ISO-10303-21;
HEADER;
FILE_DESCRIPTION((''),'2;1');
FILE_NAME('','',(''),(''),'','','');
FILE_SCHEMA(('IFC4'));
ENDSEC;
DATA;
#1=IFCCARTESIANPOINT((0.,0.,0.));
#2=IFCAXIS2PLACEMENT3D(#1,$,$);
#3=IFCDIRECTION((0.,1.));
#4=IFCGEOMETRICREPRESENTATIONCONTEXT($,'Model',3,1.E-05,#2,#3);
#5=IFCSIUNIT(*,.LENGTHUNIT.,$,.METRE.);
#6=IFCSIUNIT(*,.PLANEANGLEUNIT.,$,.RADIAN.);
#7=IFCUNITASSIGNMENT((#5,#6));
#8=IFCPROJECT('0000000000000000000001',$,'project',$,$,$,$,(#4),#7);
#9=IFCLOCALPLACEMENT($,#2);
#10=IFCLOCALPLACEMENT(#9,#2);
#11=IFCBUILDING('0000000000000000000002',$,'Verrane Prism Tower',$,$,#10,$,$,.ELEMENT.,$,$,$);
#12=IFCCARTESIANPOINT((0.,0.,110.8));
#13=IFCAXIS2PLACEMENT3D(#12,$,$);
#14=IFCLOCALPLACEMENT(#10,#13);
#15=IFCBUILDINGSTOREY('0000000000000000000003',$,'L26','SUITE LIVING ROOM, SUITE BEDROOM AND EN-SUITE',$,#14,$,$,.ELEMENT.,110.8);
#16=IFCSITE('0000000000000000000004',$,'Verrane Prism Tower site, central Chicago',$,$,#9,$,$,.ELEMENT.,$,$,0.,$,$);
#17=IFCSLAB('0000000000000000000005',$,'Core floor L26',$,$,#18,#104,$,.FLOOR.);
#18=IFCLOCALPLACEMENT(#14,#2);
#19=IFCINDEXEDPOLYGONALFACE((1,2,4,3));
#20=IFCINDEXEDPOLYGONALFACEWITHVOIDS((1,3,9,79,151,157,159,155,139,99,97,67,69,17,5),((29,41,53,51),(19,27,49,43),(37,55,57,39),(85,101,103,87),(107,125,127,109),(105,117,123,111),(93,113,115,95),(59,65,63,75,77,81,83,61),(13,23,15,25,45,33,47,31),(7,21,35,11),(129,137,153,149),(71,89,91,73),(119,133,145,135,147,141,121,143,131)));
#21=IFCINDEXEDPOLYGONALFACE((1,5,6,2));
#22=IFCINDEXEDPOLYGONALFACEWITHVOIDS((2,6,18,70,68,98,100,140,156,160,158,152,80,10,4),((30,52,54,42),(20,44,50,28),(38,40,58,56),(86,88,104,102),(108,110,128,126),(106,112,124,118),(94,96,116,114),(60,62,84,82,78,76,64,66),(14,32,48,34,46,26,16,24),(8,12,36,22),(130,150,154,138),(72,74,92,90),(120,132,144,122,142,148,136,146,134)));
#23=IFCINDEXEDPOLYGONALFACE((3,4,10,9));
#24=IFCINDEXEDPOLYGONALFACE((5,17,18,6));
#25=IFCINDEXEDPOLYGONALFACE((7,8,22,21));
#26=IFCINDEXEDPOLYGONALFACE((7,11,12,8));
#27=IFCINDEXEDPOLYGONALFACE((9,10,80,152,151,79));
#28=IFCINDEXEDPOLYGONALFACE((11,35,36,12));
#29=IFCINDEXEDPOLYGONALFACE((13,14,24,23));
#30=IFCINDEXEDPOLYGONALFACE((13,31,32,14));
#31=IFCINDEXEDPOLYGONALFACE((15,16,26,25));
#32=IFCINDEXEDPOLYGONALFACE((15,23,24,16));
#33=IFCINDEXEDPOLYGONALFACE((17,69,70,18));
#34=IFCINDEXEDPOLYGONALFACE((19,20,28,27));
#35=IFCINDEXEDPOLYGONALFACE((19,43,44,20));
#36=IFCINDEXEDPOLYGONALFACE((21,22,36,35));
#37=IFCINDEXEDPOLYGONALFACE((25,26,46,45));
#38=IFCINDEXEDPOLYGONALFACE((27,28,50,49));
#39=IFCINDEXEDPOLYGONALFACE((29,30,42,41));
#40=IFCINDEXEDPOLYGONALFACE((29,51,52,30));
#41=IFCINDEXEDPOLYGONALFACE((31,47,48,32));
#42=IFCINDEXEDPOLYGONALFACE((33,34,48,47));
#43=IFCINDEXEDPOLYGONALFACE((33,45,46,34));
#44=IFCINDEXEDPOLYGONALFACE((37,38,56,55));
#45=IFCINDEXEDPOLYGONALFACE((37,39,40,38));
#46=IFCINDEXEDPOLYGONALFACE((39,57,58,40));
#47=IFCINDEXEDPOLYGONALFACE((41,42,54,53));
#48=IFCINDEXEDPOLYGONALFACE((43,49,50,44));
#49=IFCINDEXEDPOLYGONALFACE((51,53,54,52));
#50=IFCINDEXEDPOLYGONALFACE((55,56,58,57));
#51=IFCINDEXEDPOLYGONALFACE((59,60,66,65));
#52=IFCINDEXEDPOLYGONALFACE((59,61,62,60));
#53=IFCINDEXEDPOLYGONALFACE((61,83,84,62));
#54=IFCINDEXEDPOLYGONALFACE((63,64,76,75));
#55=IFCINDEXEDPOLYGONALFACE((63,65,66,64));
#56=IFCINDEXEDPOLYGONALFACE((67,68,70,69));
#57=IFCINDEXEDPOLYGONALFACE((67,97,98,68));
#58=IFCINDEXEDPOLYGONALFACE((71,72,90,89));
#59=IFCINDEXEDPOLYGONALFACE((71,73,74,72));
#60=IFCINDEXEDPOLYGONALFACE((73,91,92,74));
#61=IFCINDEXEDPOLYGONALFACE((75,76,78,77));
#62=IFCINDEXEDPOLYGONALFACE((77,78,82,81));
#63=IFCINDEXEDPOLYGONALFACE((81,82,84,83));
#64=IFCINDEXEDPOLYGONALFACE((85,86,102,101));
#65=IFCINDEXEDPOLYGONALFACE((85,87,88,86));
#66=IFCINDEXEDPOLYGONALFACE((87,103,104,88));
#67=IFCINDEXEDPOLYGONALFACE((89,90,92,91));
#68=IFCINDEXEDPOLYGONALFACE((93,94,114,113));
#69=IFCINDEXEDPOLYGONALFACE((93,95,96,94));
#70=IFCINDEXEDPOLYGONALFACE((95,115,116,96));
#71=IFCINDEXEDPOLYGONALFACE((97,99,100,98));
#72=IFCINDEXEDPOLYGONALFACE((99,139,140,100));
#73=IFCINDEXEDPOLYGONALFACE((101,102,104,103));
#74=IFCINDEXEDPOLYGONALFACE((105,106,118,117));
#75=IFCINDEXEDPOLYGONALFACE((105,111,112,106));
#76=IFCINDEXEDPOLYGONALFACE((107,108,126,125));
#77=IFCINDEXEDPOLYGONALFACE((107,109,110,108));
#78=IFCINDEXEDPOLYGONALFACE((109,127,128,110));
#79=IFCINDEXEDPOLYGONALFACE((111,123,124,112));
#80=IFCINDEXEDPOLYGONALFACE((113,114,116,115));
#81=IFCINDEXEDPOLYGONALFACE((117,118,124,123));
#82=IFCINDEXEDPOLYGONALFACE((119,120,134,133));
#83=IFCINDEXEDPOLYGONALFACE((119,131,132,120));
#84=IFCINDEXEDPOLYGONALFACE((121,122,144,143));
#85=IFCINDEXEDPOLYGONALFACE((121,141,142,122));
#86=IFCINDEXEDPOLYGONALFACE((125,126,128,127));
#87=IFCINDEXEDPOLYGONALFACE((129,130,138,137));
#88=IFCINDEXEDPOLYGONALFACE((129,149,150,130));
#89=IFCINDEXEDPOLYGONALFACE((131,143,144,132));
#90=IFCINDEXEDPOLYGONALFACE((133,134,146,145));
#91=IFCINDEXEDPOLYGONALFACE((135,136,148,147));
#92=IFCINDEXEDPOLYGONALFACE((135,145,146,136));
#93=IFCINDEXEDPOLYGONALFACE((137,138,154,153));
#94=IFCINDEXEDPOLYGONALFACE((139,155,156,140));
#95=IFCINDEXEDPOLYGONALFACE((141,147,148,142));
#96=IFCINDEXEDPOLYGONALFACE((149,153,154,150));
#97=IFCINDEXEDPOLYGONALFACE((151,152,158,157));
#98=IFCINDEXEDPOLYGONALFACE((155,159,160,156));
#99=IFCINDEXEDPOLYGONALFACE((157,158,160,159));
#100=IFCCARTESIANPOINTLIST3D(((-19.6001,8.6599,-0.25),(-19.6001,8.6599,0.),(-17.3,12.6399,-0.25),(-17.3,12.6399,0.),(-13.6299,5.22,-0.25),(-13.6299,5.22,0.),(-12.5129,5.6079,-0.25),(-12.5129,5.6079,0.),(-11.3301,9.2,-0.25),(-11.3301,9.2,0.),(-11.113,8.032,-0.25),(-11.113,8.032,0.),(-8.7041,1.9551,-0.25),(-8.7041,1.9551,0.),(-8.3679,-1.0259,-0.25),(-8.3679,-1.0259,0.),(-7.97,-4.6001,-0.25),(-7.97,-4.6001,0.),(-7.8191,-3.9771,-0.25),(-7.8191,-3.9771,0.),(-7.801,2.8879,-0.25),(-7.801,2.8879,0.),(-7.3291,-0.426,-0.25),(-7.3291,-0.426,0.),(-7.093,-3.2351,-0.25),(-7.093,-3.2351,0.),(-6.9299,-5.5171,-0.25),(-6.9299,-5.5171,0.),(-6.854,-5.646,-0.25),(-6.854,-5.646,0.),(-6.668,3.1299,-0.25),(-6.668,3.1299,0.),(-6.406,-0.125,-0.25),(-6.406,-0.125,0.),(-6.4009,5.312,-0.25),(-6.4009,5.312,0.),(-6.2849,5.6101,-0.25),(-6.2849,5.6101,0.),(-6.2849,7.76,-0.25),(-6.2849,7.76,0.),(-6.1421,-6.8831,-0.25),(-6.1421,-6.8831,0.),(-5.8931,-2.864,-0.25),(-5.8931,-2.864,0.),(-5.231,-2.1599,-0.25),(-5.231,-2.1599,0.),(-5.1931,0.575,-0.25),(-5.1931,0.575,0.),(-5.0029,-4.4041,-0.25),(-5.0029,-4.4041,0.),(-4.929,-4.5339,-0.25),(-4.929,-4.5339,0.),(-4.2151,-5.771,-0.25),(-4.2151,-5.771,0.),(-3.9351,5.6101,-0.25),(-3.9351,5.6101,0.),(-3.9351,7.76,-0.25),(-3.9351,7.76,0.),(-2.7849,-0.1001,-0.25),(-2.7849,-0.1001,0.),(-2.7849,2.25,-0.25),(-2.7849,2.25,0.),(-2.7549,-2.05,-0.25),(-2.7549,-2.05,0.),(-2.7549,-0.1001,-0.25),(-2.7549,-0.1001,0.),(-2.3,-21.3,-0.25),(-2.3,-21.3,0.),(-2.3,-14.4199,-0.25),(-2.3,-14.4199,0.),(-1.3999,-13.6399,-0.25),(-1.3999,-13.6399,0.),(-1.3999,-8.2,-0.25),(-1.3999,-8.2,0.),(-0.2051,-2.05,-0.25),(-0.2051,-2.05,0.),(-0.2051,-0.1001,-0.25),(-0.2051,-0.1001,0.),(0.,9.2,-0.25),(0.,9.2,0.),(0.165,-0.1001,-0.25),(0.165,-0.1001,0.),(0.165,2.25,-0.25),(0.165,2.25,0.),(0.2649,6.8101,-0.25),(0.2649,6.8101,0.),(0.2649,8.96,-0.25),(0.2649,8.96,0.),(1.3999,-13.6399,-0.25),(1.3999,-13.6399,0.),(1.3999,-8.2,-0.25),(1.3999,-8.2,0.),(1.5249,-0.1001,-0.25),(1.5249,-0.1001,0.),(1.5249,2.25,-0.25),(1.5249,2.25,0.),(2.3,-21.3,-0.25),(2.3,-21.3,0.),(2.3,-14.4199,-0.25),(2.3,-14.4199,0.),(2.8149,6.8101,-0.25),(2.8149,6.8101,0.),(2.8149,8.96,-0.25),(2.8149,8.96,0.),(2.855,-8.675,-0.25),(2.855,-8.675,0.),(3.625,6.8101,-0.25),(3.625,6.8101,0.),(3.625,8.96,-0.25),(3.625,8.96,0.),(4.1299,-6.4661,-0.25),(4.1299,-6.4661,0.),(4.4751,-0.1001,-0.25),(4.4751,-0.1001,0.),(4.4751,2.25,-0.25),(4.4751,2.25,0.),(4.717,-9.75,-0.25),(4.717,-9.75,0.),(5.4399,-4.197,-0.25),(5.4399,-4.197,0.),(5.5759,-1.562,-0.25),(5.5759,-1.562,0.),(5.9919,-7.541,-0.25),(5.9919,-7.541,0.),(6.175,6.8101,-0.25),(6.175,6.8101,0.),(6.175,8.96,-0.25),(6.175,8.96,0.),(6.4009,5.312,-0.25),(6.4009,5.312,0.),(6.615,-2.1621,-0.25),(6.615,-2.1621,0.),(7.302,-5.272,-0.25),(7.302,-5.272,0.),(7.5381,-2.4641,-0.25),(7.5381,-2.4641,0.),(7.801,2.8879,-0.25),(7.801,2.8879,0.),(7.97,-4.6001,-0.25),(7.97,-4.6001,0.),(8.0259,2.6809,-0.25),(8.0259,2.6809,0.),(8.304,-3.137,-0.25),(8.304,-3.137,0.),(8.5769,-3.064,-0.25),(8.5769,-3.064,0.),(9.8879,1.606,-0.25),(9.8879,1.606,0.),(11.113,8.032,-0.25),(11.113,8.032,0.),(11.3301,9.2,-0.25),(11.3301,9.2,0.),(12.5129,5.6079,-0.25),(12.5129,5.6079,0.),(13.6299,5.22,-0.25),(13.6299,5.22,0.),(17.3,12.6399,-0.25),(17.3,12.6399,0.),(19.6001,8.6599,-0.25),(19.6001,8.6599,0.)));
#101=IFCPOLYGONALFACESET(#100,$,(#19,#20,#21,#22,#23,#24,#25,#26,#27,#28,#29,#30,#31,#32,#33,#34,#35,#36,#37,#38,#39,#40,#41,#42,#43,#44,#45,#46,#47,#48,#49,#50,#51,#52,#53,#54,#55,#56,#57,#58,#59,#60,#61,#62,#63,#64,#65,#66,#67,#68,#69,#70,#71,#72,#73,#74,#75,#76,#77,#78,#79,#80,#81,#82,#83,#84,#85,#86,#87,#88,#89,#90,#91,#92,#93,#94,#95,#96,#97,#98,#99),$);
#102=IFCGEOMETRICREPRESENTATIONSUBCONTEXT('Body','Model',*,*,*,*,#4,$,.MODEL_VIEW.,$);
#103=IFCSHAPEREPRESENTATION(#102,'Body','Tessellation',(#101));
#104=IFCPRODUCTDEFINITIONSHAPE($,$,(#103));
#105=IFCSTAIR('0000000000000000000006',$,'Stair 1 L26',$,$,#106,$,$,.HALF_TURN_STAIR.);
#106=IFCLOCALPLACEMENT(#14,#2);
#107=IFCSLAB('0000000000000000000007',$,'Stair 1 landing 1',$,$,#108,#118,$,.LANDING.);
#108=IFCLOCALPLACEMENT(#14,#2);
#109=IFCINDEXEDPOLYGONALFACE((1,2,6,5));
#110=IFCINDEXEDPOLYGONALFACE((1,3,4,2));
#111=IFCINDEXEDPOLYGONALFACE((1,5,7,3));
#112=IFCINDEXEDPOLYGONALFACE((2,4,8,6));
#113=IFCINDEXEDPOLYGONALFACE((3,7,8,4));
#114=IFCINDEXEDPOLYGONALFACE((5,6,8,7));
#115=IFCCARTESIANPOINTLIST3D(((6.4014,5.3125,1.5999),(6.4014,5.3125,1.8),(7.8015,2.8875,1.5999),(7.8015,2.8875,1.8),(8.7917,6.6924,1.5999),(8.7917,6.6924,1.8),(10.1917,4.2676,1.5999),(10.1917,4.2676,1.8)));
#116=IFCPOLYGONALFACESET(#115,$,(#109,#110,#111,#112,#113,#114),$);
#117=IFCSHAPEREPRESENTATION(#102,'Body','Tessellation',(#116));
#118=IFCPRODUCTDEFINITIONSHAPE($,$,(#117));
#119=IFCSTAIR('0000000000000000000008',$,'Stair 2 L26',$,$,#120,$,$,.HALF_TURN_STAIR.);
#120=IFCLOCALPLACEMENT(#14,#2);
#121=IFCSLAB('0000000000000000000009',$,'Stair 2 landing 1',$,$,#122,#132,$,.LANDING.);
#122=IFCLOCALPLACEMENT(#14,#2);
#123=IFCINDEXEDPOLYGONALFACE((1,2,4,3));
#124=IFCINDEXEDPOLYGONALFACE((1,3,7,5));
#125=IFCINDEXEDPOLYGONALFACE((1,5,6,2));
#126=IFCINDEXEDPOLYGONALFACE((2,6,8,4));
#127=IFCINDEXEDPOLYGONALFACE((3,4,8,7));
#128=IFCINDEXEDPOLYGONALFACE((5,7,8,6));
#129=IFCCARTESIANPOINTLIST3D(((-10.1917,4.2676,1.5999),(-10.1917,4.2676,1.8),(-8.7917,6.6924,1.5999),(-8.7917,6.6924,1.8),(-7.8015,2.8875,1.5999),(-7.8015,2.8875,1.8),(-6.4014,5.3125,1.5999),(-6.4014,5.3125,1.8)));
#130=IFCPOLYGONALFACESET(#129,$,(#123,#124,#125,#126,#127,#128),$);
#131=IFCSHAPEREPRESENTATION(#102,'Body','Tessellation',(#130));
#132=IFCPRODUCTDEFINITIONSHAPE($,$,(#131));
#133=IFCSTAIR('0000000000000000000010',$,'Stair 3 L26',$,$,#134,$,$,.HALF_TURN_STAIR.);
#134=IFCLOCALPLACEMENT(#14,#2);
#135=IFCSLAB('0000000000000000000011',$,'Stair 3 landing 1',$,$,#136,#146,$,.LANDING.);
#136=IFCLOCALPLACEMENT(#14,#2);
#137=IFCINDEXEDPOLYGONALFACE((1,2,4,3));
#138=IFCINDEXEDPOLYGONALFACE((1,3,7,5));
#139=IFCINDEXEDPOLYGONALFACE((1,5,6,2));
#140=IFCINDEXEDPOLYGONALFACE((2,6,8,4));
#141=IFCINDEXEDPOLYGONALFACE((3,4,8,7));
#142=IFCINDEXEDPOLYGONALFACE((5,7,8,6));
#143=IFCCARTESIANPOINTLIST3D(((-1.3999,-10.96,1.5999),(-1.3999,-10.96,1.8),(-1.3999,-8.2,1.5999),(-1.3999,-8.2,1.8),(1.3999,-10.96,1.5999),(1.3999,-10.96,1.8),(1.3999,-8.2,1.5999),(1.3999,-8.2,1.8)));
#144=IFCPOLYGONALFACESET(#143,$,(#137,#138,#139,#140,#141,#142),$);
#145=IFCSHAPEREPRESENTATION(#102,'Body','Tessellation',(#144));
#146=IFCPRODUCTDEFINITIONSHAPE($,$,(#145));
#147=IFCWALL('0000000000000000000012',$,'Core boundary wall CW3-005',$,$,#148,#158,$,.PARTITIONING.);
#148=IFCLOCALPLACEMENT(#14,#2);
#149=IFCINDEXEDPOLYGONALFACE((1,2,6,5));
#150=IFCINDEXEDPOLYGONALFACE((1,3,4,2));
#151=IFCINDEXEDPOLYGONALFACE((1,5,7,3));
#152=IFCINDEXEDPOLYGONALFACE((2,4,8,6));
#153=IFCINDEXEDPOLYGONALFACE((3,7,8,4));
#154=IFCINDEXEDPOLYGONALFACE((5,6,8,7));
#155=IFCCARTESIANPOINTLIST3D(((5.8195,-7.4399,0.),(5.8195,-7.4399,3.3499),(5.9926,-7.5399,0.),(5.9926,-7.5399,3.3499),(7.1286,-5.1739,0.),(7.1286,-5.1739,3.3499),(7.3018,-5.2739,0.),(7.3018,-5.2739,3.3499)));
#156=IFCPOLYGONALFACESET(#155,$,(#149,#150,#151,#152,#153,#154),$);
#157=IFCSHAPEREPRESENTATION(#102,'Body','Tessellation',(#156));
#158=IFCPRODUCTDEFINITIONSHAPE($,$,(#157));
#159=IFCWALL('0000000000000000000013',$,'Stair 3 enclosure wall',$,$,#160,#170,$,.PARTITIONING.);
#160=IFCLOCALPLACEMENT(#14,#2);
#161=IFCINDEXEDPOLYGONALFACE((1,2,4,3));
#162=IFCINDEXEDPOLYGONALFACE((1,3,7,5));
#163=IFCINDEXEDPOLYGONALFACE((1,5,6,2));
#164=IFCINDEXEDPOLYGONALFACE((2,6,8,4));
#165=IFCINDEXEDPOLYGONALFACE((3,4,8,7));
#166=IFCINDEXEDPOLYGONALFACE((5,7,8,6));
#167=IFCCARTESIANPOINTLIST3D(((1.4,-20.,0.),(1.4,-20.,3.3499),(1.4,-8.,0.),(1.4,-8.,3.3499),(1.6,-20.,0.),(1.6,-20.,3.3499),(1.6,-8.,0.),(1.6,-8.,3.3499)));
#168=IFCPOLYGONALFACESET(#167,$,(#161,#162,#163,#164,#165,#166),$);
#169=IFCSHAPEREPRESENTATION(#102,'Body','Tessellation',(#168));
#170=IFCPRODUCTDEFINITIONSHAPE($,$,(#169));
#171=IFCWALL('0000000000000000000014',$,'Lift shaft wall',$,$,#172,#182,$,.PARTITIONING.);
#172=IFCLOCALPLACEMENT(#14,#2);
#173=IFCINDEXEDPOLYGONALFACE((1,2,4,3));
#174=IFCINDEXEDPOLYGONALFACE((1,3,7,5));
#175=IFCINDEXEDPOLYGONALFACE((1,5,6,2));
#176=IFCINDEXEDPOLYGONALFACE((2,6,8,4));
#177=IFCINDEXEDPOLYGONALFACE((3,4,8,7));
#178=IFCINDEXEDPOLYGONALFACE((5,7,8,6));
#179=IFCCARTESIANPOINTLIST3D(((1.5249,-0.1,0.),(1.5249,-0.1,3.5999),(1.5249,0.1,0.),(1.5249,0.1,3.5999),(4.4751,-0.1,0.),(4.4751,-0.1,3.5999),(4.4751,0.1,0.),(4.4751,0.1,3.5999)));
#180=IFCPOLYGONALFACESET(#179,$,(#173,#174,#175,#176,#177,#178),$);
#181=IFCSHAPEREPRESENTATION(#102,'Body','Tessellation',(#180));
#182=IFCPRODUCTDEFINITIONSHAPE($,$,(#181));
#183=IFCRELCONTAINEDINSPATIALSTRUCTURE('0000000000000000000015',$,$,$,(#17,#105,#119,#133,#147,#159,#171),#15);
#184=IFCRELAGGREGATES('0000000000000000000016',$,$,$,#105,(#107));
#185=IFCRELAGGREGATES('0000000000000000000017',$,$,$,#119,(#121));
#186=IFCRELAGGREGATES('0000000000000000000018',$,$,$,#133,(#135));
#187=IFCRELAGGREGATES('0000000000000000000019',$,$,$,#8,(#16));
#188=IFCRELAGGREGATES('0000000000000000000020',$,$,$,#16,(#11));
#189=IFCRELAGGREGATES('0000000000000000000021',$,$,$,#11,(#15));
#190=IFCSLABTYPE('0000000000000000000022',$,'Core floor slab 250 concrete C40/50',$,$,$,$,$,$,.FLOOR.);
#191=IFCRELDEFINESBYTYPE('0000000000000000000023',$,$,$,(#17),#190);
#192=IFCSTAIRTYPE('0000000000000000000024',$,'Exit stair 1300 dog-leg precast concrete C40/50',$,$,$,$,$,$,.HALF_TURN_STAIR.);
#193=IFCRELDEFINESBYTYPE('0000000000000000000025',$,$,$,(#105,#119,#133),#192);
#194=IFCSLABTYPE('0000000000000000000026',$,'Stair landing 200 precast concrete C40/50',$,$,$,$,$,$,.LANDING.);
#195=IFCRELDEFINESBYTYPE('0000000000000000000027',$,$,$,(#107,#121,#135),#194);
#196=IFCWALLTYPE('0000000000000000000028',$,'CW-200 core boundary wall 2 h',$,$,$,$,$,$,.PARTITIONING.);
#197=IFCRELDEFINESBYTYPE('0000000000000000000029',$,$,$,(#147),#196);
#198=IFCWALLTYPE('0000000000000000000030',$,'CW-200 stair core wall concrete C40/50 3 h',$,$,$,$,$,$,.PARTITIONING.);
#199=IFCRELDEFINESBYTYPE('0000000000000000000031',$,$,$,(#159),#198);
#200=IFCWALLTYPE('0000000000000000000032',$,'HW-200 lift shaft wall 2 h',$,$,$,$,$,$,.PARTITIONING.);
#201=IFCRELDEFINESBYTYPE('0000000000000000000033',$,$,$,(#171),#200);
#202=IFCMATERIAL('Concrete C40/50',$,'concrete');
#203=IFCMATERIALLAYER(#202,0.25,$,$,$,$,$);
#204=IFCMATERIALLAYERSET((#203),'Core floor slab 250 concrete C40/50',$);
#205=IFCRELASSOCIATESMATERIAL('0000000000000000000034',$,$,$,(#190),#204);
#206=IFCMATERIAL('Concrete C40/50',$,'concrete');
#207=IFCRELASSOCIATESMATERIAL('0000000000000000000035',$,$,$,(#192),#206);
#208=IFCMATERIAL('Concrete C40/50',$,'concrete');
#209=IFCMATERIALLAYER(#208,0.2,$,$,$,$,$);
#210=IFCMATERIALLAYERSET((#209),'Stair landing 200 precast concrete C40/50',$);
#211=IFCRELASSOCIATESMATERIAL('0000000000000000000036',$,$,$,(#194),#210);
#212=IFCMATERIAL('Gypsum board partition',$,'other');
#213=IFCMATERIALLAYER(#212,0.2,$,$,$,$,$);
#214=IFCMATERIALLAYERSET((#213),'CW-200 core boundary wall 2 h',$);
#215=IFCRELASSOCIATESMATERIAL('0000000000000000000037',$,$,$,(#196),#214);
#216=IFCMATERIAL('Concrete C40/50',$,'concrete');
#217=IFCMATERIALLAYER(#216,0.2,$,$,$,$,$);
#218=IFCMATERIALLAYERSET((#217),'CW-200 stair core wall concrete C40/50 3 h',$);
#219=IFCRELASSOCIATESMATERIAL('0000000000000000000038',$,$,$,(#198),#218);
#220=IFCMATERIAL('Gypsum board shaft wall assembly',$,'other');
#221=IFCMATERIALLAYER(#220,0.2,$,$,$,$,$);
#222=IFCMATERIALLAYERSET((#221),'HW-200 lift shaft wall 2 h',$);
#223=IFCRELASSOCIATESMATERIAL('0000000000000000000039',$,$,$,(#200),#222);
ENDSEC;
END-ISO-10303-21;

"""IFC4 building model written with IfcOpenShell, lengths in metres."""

from ifc_helpers import new_model, si_unit, direction, frame, frame_2d, origin, place, context, subcontext, project, spatial, polyline, rectangle, outline, extrude, material, layer, layer_set, type_object, element, aggregate, save


model = new_model("IFC4")

# Units and contexts
model_context = context("Model", 3, precision=1e-05, world=origin(), true_north=direction((0.0, 1.0)))
body_context = subcontext(model_context, "Body", "Model", "MODEL_VIEW")
ifc_project = project(units=[si_unit("LENGTHUNIT", "METRE"), si_unit("PLANEANGLEUNIT", "RADIAN")], contexts=[model_context])

# Site, building, storey
site_placement = place(None, origin())
site = spatial("IfcSite", under=ifc_project, at=site_placement, Name="Verrane Prism Tower site, central Chicago", CompositionType="ELEMENT", RefElevation=0.0)
building_placement = place(site_placement, origin())
building = spatial("IfcBuilding", under=site, at=building_placement, Name="Verrane Prism Tower", CompositionType="ELEMENT")
storey_placement = place(building_placement, frame((0.0, 0.0, 110.8)))
storey = spatial("IfcBuildingStorey", under=building, at=storey_placement, Name="L26", Description="SUITE LIVING ROOM, SUITE BEDROOM AND EN-SUITE", CompositionType="ELEMENT", Elevation=110.8)

# Slab
ifc_material_1 = material(Name="Concrete C40/50", Category="concrete")
ifc_layer_1 = layer(ifc_material_1, 0.25)
ifc_layer_set_1 = layer_set([ifc_layer_1], Name="Core floor slab 250 concrete C40/50")
slab_type_1 = type_object("IfcSlabType", Name="Core floor slab 250 concrete C40/50", PredefinedType="FLOOR", material=ifc_layer_set_1)
slab_1_placement = place(storey_placement, frame((0.0, 0.0, -0.25)))
element("IfcSlab", 1, at=slab_1_placement, inside=storey, type_object=slab_type_1, Name="Core floor L26", PredefinedType="FLOOR", context=body_context, shape_type="SweptSolid", body=[
    extrude(outline(polyline([(13.6299, 5.22), (19.6001, 8.6599), (17.3, 12.6399), (11.3301, 9.2), (0.0, 9.2), (-11.3301, 9.2), (-17.3, 12.6399), (-19.6001, 8.6599), (-13.6299, 5.22), (-7.97, -4.6001), (-2.3, -14.4199), (-2.3, -21.3), (2.3, -21.3), (2.3, -14.4199), (7.97, -4.6001), (13.6299, 5.22)]), holes=[polyline([(1.3999, -8.2), (1.3999, -13.6399), (-1.3999, -13.6399), (-1.3999, -8.2), (1.3999, -8.2)]), polyline([(-4.2151, -5.771), (-6.1421, -6.8831), (-6.854, -5.646), (-4.929, -4.5339), (-4.2151, -5.771)]), polyline([(-5.0029, -4.4041), (-6.9299, -5.5171), (-7.8191, -3.9771), (-5.8931, -2.864), (-5.0029, -4.4041)]), polyline([(0.165, 2.25), (0.165, -0.1001), (-0.2051, -0.1001), (-0.2051, -2.05), (-2.7549, -2.05), (-2.7549, -0.1001), (-2.7849, -0.1001), (-2.7849, 2.25), (0.165, 2.25)]), polyline([(-12.5129, 5.6079), (-11.113, 8.032), (-6.4009, 5.312), (-7.801, 2.8879), (-12.5129, 5.6079)]), polyline([(-6.2849, 5.6101), (-6.2849, 7.76), (-3.9351, 7.76), (-3.9351, 5.6101), (-6.2849, 5.6101)]), polyline([(4.717, -9.75), (2.855, -8.675), (4.1299, -6.4661), (5.9919, -7.541), (4.717, -9.75)]), polyline([(8.304, -3.137), (5.5759, -1.562), (8.0259, 2.6809), (9.8879, 1.606), (7.5381, -2.4641), (8.5769, -3.064), (7.302, -5.272), (5.4399, -4.197), (6.615, -2.1621), (8.304, -3.137)]), polyline([(1.5249, -0.1001), (1.5249, 2.25), (4.4751, 2.25), (4.4751, -0.1001), (1.5249, -0.1001)]), polyline([(6.4009, 5.312), (11.113, 8.032), (12.5129, 5.6079), (7.801, 2.8879), (6.4009, 5.312)]), polyline([(0.2649, 6.8101), (0.2649, 8.96), (2.8149, 8.96), (2.8149, 6.8101), (0.2649, 6.8101)]), polyline([(3.625, 6.8101), (3.625, 8.96), (6.175, 8.96), (6.175, 6.8101), (3.625, 6.8101)]), polyline([(-5.231, -2.1599), (-7.093, -3.2351), (-8.3679, -1.0259), (-7.3291, -0.426), (-8.7041, 1.9551), (-6.668, 3.1299), (-5.1931, 0.575), (-6.406, -0.125), (-5.231, -2.1599)])]), origin(), (0.0, 0.0, 1.0), 0.25),
])

# Stairs, slabs
ifc_material_2 = material(Name="Concrete C40/50", Category="concrete")
stair_type = type_object("IfcStairType", Name="Exit stair 1300 dog-leg precast concrete C40/50", PredefinedType="HALF_TURN_STAIR", material=ifc_material_2)
stair_1_placement = place(storey_placement, origin())
stair_1 = element("IfcStair", 2, at=stair_1_placement, inside=storey, type_object=stair_type, Name="Stair 1 L26", PredefinedType="HALF_TURN_STAIR")
ifc_material_3 = material(Name="Concrete C40/50", Category="concrete")
ifc_layer_2 = layer(ifc_material_3, 0.2)
ifc_layer_set_2 = layer_set([ifc_layer_2], Name="Stair landing 200 precast concrete C40/50")
slab_type_2 = type_object("IfcSlabType", Name="Stair landing 200 precast concrete C40/50", PredefinedType="LANDING", material=ifc_layer_set_2)
slab_2_placement = place(storey_placement, frame((0.0, 0.0, 1.5999)))
slab_2 = element("IfcSlab", 3, at=slab_2_placement, type_object=slab_type_2, Name="Stair 1 landing 1", PredefinedType="LANDING", context=body_context, shape_type="SweptSolid", body=[
    extrude(outline(polyline([(8.7917, 6.6924), (6.4014, 5.3125), (7.8015, 2.8875), (10.1917, 4.2676), (8.7917, 6.6924)])), origin(), (0.0, 0.0, 1.0), 0.2002),
])
aggregate(stair_1, [slab_2])
stair_2_placement = place(storey_placement, origin())
stair_2 = element("IfcStair", 4, at=stair_2_placement, inside=storey, type_object=stair_type, Name="Stair 2 L26", PredefinedType="HALF_TURN_STAIR")
slab_3_placement = place(storey_placement, frame((0.0, 0.0, 1.5999)))
slab_3 = element("IfcSlab", 5, at=slab_3_placement, type_object=slab_type_2, Name="Stair 2 landing 1", PredefinedType="LANDING", context=body_context, shape_type="SweptSolid", body=[
    extrude(outline(polyline([(-10.1917, 4.2676), (-7.8015, 2.8875), (-6.4014, 5.3125), (-8.7917, 6.6924), (-10.1917, 4.2676)])), origin(), (0.0, 0.0, 1.0), 0.2002),
])
aggregate(stair_2, [slab_3])
stair_3_placement = place(storey_placement, origin())
stair_3 = element("IfcStair", 6, at=stair_3_placement, inside=storey, type_object=stair_type, Name="Stair 3 L26", PredefinedType="HALF_TURN_STAIR")
slab_4_placement = place(storey_placement, frame((0.0, 0.0, 1.5999)))
slab_4 = element("IfcSlab", 7, at=slab_4_placement, type_object=slab_type_2, Name="Stair 3 landing 1", PredefinedType="LANDING", context=body_context, shape_type="SweptSolid", body=[
    extrude(outline(polyline([(1.3999, -10.96), (1.3999, -8.2), (-1.3999, -8.2), (-1.3999, -10.96), (1.3999, -10.96)])), origin(), (0.0, 0.0, 1.0), 0.2002),
])
aggregate(stair_3, [slab_4])

# Walls
ifc_material_4 = material(Name="Gypsum board partition", Category="other")
ifc_layer_3 = layer(ifc_material_4, 0.2)
ifc_layer_set_3 = layer_set([ifc_layer_3], Name="CW-200 core boundary wall 2 h")
wall_type_1 = type_object("IfcWallType", Name="CW-200 core boundary wall 2 h", PredefinedType="PARTITIONING", material=ifc_layer_set_3)
wall_1_placement = place(storey_placement, frame((5.906, -7.49, 0.0), z_axis=(0.0, 0.0, 1.0), x_axis=(0.500253, 0.865879, 0.0)))
element("IfcWall", 8, at=wall_1_placement, inside=storey, type_object=wall_type_1, Name="Core boundary wall CW3-005", PredefinedType="PARTITIONING", context=body_context, shape_type="SweptSolid", body=[
    extrude(rectangle(XDim=2.6169, YDim=0.2, at=frame_2d((1.3086, 0.0))), origin(), (0.0, 0.0, 1.0), 3.3499),
])
ifc_material_5 = material(Name="Concrete C40/50", Category="concrete")
ifc_layer_4 = layer(ifc_material_5, 0.2)
ifc_layer_set_4 = layer_set([ifc_layer_4], Name="CW-200 stair core wall concrete C40/50 3 h")
wall_type_2 = type_object("IfcWallType", Name="CW-200 stair core wall concrete C40/50 3 h", PredefinedType="PARTITIONING", material=ifc_layer_set_4)
wall_2_placement = place(storey_placement, frame((1.5, -8.0, 0.0), z_axis=(0.0, 0.0, 1.0), x_axis=(0.0, -1.0, 0.0)))
element("IfcWall", 9, at=wall_2_placement, inside=storey, type_object=wall_type_2, Name="Stair 3 enclosure wall", PredefinedType="PARTITIONING", context=body_context, shape_type="SweptSolid", body=[
    extrude(rectangle(XDim=12.0, YDim=0.2, at=frame_2d((6.0, 0.0))), origin(), (0.0, 0.0, 1.0), 3.3499),
])
ifc_material_6 = material(Name="Gypsum board shaft wall assembly", Category="other")
ifc_layer_5 = layer(ifc_material_6, 0.2)
ifc_layer_set_5 = layer_set([ifc_layer_5], Name="HW-200 lift shaft wall 2 h")
wall_type_3 = type_object("IfcWallType", Name="HW-200 lift shaft wall 2 h", PredefinedType="PARTITIONING", material=ifc_layer_set_5)
wall_3_placement = place(storey_placement, frame((1.5249, 0.0, 0.0), z_axis=(0.0, 0.0, 1.0), x_axis=(1.0, 0.0, 0.0)))
element("IfcWall", 10, at=wall_3_placement, inside=storey, type_object=wall_type_3, Name="Lift shaft wall", PredefinedType="PARTITIONING", context=body_context, shape_type="SweptSolid", body=[
    extrude(rectangle(XDim=2.9502, YDim=0.2, at=frame_2d((1.4751, 0.0))), origin(), (0.0, 0.0, 1.0), 3.5999),
])

save(model, "model.ifc")
